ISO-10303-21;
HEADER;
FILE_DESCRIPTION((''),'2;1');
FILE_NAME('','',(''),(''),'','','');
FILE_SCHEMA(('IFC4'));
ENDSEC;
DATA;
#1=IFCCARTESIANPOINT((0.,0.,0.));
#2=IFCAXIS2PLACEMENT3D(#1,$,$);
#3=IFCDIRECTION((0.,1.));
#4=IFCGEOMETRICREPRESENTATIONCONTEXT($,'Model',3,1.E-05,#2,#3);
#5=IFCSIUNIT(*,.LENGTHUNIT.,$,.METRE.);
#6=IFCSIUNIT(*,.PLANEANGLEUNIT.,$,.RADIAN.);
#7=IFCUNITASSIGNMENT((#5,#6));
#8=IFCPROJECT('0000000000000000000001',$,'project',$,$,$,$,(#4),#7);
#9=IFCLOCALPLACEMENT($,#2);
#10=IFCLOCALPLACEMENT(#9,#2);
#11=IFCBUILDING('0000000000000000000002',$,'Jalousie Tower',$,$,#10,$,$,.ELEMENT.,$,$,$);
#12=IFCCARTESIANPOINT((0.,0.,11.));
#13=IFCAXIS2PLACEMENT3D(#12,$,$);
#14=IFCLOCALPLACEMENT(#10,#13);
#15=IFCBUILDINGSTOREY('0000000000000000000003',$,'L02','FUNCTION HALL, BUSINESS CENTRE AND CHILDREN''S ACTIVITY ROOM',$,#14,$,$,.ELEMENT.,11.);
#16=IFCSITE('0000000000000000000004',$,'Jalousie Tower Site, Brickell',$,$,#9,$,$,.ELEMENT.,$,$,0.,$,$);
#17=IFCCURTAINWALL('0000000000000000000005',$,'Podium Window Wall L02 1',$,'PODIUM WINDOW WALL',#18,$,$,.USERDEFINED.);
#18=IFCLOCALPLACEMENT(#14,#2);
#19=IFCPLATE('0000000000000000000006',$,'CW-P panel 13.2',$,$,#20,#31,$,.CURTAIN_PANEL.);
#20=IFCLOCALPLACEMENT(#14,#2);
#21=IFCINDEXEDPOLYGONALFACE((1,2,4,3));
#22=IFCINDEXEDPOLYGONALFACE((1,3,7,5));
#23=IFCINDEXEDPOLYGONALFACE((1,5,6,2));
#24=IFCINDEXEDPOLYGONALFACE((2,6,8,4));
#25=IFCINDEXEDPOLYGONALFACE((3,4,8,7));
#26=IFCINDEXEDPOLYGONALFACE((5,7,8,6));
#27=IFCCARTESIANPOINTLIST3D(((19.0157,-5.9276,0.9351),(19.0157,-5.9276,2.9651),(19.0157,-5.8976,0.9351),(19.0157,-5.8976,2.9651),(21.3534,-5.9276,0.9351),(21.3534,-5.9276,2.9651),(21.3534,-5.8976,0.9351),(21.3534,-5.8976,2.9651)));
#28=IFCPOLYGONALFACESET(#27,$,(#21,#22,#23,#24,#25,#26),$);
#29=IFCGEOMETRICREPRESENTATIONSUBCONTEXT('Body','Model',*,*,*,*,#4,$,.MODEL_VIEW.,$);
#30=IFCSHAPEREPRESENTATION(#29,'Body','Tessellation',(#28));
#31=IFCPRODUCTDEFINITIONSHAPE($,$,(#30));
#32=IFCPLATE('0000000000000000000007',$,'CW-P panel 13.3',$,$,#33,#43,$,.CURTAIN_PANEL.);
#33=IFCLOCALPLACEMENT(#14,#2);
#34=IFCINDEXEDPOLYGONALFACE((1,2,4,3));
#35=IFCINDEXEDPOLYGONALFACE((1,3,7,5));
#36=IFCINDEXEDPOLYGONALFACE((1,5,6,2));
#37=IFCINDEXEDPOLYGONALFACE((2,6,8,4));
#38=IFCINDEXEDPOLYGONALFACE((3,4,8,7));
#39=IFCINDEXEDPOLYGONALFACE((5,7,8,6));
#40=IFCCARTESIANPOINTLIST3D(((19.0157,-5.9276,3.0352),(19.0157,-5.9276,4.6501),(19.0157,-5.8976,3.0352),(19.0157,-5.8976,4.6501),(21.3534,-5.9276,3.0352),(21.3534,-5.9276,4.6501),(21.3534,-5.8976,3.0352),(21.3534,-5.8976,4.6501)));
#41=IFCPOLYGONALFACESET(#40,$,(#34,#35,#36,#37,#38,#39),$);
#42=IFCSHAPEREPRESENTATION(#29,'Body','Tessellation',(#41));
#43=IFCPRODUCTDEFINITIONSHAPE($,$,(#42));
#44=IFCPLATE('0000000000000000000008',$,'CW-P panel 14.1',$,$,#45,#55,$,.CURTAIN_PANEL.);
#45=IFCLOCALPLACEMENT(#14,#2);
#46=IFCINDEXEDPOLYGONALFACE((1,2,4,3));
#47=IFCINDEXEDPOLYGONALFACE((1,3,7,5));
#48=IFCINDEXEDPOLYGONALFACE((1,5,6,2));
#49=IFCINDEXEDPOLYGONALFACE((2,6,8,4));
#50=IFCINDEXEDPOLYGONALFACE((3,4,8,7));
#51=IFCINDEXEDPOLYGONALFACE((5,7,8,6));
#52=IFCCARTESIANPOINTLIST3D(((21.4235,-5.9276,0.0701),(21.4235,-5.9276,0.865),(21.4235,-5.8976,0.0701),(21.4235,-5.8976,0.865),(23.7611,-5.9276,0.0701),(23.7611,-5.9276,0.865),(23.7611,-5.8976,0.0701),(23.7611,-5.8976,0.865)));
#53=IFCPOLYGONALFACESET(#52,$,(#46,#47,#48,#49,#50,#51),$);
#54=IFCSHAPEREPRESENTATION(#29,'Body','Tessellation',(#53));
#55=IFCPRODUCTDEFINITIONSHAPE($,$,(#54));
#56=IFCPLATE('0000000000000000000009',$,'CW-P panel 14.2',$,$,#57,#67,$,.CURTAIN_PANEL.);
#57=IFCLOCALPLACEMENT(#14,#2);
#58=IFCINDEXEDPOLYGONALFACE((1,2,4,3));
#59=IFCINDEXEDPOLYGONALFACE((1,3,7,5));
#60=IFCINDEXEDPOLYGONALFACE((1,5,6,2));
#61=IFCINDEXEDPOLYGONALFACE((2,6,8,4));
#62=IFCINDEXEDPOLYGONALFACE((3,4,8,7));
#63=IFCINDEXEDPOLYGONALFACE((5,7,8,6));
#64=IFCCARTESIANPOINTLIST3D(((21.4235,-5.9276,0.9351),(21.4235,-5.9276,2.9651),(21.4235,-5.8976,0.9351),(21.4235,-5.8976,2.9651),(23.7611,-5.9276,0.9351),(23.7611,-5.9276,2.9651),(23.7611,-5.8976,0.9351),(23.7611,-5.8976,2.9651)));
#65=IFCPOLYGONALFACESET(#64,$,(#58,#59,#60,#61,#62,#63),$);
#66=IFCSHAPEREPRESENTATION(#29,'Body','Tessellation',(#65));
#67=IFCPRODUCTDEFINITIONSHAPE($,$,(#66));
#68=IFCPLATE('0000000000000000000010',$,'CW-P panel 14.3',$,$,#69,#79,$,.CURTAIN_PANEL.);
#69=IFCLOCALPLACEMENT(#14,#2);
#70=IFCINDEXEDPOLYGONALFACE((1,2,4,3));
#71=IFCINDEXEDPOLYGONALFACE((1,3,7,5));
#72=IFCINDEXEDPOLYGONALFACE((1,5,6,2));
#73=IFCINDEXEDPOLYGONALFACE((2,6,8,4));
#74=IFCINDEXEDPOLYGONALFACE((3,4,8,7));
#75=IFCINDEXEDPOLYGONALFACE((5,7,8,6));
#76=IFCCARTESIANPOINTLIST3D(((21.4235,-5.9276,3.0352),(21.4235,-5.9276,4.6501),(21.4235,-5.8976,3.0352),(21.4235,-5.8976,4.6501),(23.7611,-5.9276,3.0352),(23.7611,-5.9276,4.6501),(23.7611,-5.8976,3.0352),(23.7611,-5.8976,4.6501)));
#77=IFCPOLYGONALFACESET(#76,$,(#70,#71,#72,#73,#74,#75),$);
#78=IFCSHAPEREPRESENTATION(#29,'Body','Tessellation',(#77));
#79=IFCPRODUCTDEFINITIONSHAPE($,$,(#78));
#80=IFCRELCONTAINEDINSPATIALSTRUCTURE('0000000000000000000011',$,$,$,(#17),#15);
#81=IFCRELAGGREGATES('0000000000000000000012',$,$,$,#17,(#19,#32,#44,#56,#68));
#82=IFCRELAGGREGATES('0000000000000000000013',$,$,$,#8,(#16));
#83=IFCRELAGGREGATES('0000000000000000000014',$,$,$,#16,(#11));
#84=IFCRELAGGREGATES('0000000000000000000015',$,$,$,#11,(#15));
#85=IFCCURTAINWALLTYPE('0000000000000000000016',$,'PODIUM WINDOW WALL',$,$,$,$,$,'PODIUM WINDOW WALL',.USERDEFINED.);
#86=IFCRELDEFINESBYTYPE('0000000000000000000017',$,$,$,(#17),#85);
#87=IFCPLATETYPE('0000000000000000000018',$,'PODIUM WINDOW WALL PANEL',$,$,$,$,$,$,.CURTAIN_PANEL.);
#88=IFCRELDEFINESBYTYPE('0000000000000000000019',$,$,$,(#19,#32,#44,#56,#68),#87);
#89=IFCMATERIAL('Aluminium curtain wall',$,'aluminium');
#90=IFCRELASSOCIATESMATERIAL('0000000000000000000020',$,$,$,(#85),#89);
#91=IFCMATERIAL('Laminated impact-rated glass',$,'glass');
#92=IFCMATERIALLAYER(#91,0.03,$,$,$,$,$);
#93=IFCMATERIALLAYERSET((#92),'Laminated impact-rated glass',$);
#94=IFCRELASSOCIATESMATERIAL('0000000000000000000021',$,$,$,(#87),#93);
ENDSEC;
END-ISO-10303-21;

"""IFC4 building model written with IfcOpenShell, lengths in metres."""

from ifc_helpers import new_model, si_unit, direction, frame, origin, origin_2d, place, context, subcontext, project, spatial, rectangle, extrude, material, layer, layer_set, type_object, element, aggregate, save


model = new_model("IFC4")

# Units and contexts
model_context = context("Model", 3, precision=1e-05, world=origin(), true_north=direction((0.0, 1.0)))
body_context = subcontext(model_context, "Body", "Model", "MODEL_VIEW")
ifc_project = project(units=[si_unit("LENGTHUNIT", "METRE"), si_unit("PLANEANGLEUNIT", "RADIAN")], contexts=[model_context])

# Site, building, storey
site_placement = place(None, origin())
site = spatial("IfcSite", under=ifc_project, at=site_placement, Name="Jalousie Tower Site, Brickell", CompositionType="ELEMENT", RefElevation=0.0)
building_placement = place(site_placement, origin())
building = spatial("IfcBuilding", under=site, at=building_placement, Name="Jalousie Tower", CompositionType="ELEMENT")
storey_placement = place(building_placement, frame((0.0, 0.0, 11.0)))
storey = spatial("IfcBuildingStorey", under=building, at=storey_placement, Name="L02", Description="FUNCTION HALL, BUSINESS CENTRE AND CHILDREN'S ACTIVITY ROOM", CompositionType="ELEMENT", Elevation=11.0)

# Curtain wall, plates
ifc_material_1 = material(Name="Aluminium curtain wall", Category="aluminium")
curtain_wall_type = type_object("IfcCurtainWallType", Name="PODIUM WINDOW WALL", ElementType="PODIUM WINDOW WALL", PredefinedType="USERDEFINED", material=ifc_material_1)
curtain_wall_placement = place(storey_placement, origin())
curtain_wall = element("IfcCurtainWall", 1, at=curtain_wall_placement, inside=storey, type_object=curtain_wall_type, Name="Podium Window Wall L02 1", ObjectType="PODIUM WINDOW WALL", PredefinedType="USERDEFINED")
ifc_material_2 = material(Name="Laminated impact-rated glass", Category="glass")
ifc_layer = layer(ifc_material_2, 0.03)
ifc_layer_set = layer_set([ifc_layer], Name="Laminated impact-rated glass")
plate_type = type_object("IfcPlateType", Name="PODIUM WINDOW WALL PANEL", PredefinedType="CURTAIN_PANEL", material=ifc_layer_set)
plate_1_placement = place(storey_placement, frame((20.1846, -5.9126, 0.9351), z_axis=(0.0, 0.0, 1.0), x_axis=(1.0, 0.0, 0.0)))
plate_1 = element("IfcPlate", 2, at=plate_1_placement, type_object=plate_type, Name="CW-P panel 13.2", PredefinedType="CURTAIN_PANEL", context=body_context, shape_type="SweptSolid", body=[
    extrude(rectangle(XDim=2.3376, YDim=0.03, at=origin_2d()), origin(), (0.0, 0.0, 1.0), 2.03),
])
plate_2_placement = place(storey_placement, frame((20.1846, -5.9126, 3.0352), z_axis=(0.0, 0.0, 1.0), x_axis=(1.0, 0.0, 0.0)))
plate_2 = element("IfcPlate", 3, at=plate_2_placement, type_object=plate_type, Name="CW-P panel 13.3", PredefinedType="CURTAIN_PANEL", context=body_context, shape_type="SweptSolid", body=[
    extrude(rectangle(XDim=2.3376, YDim=0.03, at=origin_2d()), origin(), (0.0, 0.0, 1.0), 1.615),
])
plate_3_placement = place(storey_placement, frame((22.5923, -5.9126, 0.0701), z_axis=(0.0, 0.0, 1.0), x_axis=(1.0, 0.0, 0.0)))
plate_3 = element("IfcPlate", 4, at=plate_3_placement, type_object=plate_type, Name="CW-P panel 14.1", PredefinedType="CURTAIN_PANEL", context=body_context, shape_type="SweptSolid", body=[
    extrude(rectangle(XDim=2.3376, YDim=0.03, at=origin_2d()), origin(), (0.0, 0.0, 1.0), 0.7949),
])
plate_4_placement = place(storey_placement, frame((22.5923, -5.9126, 0.9351), z_axis=(0.0, 0.0, 1.0), x_axis=(1.0, 0.0, 0.0)))
plate_4 = element("IfcPlate", 5, at=plate_4_placement, type_object=plate_type, Name="CW-P panel 14.2", PredefinedType="CURTAIN_PANEL", context=body_context, shape_type="SweptSolid", body=[
    extrude(rectangle(XDim=2.3376, YDim=0.03, at=origin_2d()), origin(), (0.0, 0.0, 1.0), 2.03),
])
plate_5_placement = place(storey_placement, frame((22.5923, -5.9126, 3.0352), z_axis=(0.0, 0.0, 1.0), x_axis=(1.0, 0.0, 0.0)))
plate_5 = element("IfcPlate", 6, at=plate_5_placement, type_object=plate_type, Name="CW-P panel 14.3", PredefinedType="CURTAIN_PANEL", context=body_context, shape_type="SweptSolid", body=[
    extrude(rectangle(XDim=2.3376, YDim=0.03, at=origin_2d()), origin(), (0.0, 0.0, 1.0), 1.615),
])
aggregate(curtain_wall, [plate_1, plate_2, plate_3, plate_4, plate_5])

save(model, "model.ifc")
